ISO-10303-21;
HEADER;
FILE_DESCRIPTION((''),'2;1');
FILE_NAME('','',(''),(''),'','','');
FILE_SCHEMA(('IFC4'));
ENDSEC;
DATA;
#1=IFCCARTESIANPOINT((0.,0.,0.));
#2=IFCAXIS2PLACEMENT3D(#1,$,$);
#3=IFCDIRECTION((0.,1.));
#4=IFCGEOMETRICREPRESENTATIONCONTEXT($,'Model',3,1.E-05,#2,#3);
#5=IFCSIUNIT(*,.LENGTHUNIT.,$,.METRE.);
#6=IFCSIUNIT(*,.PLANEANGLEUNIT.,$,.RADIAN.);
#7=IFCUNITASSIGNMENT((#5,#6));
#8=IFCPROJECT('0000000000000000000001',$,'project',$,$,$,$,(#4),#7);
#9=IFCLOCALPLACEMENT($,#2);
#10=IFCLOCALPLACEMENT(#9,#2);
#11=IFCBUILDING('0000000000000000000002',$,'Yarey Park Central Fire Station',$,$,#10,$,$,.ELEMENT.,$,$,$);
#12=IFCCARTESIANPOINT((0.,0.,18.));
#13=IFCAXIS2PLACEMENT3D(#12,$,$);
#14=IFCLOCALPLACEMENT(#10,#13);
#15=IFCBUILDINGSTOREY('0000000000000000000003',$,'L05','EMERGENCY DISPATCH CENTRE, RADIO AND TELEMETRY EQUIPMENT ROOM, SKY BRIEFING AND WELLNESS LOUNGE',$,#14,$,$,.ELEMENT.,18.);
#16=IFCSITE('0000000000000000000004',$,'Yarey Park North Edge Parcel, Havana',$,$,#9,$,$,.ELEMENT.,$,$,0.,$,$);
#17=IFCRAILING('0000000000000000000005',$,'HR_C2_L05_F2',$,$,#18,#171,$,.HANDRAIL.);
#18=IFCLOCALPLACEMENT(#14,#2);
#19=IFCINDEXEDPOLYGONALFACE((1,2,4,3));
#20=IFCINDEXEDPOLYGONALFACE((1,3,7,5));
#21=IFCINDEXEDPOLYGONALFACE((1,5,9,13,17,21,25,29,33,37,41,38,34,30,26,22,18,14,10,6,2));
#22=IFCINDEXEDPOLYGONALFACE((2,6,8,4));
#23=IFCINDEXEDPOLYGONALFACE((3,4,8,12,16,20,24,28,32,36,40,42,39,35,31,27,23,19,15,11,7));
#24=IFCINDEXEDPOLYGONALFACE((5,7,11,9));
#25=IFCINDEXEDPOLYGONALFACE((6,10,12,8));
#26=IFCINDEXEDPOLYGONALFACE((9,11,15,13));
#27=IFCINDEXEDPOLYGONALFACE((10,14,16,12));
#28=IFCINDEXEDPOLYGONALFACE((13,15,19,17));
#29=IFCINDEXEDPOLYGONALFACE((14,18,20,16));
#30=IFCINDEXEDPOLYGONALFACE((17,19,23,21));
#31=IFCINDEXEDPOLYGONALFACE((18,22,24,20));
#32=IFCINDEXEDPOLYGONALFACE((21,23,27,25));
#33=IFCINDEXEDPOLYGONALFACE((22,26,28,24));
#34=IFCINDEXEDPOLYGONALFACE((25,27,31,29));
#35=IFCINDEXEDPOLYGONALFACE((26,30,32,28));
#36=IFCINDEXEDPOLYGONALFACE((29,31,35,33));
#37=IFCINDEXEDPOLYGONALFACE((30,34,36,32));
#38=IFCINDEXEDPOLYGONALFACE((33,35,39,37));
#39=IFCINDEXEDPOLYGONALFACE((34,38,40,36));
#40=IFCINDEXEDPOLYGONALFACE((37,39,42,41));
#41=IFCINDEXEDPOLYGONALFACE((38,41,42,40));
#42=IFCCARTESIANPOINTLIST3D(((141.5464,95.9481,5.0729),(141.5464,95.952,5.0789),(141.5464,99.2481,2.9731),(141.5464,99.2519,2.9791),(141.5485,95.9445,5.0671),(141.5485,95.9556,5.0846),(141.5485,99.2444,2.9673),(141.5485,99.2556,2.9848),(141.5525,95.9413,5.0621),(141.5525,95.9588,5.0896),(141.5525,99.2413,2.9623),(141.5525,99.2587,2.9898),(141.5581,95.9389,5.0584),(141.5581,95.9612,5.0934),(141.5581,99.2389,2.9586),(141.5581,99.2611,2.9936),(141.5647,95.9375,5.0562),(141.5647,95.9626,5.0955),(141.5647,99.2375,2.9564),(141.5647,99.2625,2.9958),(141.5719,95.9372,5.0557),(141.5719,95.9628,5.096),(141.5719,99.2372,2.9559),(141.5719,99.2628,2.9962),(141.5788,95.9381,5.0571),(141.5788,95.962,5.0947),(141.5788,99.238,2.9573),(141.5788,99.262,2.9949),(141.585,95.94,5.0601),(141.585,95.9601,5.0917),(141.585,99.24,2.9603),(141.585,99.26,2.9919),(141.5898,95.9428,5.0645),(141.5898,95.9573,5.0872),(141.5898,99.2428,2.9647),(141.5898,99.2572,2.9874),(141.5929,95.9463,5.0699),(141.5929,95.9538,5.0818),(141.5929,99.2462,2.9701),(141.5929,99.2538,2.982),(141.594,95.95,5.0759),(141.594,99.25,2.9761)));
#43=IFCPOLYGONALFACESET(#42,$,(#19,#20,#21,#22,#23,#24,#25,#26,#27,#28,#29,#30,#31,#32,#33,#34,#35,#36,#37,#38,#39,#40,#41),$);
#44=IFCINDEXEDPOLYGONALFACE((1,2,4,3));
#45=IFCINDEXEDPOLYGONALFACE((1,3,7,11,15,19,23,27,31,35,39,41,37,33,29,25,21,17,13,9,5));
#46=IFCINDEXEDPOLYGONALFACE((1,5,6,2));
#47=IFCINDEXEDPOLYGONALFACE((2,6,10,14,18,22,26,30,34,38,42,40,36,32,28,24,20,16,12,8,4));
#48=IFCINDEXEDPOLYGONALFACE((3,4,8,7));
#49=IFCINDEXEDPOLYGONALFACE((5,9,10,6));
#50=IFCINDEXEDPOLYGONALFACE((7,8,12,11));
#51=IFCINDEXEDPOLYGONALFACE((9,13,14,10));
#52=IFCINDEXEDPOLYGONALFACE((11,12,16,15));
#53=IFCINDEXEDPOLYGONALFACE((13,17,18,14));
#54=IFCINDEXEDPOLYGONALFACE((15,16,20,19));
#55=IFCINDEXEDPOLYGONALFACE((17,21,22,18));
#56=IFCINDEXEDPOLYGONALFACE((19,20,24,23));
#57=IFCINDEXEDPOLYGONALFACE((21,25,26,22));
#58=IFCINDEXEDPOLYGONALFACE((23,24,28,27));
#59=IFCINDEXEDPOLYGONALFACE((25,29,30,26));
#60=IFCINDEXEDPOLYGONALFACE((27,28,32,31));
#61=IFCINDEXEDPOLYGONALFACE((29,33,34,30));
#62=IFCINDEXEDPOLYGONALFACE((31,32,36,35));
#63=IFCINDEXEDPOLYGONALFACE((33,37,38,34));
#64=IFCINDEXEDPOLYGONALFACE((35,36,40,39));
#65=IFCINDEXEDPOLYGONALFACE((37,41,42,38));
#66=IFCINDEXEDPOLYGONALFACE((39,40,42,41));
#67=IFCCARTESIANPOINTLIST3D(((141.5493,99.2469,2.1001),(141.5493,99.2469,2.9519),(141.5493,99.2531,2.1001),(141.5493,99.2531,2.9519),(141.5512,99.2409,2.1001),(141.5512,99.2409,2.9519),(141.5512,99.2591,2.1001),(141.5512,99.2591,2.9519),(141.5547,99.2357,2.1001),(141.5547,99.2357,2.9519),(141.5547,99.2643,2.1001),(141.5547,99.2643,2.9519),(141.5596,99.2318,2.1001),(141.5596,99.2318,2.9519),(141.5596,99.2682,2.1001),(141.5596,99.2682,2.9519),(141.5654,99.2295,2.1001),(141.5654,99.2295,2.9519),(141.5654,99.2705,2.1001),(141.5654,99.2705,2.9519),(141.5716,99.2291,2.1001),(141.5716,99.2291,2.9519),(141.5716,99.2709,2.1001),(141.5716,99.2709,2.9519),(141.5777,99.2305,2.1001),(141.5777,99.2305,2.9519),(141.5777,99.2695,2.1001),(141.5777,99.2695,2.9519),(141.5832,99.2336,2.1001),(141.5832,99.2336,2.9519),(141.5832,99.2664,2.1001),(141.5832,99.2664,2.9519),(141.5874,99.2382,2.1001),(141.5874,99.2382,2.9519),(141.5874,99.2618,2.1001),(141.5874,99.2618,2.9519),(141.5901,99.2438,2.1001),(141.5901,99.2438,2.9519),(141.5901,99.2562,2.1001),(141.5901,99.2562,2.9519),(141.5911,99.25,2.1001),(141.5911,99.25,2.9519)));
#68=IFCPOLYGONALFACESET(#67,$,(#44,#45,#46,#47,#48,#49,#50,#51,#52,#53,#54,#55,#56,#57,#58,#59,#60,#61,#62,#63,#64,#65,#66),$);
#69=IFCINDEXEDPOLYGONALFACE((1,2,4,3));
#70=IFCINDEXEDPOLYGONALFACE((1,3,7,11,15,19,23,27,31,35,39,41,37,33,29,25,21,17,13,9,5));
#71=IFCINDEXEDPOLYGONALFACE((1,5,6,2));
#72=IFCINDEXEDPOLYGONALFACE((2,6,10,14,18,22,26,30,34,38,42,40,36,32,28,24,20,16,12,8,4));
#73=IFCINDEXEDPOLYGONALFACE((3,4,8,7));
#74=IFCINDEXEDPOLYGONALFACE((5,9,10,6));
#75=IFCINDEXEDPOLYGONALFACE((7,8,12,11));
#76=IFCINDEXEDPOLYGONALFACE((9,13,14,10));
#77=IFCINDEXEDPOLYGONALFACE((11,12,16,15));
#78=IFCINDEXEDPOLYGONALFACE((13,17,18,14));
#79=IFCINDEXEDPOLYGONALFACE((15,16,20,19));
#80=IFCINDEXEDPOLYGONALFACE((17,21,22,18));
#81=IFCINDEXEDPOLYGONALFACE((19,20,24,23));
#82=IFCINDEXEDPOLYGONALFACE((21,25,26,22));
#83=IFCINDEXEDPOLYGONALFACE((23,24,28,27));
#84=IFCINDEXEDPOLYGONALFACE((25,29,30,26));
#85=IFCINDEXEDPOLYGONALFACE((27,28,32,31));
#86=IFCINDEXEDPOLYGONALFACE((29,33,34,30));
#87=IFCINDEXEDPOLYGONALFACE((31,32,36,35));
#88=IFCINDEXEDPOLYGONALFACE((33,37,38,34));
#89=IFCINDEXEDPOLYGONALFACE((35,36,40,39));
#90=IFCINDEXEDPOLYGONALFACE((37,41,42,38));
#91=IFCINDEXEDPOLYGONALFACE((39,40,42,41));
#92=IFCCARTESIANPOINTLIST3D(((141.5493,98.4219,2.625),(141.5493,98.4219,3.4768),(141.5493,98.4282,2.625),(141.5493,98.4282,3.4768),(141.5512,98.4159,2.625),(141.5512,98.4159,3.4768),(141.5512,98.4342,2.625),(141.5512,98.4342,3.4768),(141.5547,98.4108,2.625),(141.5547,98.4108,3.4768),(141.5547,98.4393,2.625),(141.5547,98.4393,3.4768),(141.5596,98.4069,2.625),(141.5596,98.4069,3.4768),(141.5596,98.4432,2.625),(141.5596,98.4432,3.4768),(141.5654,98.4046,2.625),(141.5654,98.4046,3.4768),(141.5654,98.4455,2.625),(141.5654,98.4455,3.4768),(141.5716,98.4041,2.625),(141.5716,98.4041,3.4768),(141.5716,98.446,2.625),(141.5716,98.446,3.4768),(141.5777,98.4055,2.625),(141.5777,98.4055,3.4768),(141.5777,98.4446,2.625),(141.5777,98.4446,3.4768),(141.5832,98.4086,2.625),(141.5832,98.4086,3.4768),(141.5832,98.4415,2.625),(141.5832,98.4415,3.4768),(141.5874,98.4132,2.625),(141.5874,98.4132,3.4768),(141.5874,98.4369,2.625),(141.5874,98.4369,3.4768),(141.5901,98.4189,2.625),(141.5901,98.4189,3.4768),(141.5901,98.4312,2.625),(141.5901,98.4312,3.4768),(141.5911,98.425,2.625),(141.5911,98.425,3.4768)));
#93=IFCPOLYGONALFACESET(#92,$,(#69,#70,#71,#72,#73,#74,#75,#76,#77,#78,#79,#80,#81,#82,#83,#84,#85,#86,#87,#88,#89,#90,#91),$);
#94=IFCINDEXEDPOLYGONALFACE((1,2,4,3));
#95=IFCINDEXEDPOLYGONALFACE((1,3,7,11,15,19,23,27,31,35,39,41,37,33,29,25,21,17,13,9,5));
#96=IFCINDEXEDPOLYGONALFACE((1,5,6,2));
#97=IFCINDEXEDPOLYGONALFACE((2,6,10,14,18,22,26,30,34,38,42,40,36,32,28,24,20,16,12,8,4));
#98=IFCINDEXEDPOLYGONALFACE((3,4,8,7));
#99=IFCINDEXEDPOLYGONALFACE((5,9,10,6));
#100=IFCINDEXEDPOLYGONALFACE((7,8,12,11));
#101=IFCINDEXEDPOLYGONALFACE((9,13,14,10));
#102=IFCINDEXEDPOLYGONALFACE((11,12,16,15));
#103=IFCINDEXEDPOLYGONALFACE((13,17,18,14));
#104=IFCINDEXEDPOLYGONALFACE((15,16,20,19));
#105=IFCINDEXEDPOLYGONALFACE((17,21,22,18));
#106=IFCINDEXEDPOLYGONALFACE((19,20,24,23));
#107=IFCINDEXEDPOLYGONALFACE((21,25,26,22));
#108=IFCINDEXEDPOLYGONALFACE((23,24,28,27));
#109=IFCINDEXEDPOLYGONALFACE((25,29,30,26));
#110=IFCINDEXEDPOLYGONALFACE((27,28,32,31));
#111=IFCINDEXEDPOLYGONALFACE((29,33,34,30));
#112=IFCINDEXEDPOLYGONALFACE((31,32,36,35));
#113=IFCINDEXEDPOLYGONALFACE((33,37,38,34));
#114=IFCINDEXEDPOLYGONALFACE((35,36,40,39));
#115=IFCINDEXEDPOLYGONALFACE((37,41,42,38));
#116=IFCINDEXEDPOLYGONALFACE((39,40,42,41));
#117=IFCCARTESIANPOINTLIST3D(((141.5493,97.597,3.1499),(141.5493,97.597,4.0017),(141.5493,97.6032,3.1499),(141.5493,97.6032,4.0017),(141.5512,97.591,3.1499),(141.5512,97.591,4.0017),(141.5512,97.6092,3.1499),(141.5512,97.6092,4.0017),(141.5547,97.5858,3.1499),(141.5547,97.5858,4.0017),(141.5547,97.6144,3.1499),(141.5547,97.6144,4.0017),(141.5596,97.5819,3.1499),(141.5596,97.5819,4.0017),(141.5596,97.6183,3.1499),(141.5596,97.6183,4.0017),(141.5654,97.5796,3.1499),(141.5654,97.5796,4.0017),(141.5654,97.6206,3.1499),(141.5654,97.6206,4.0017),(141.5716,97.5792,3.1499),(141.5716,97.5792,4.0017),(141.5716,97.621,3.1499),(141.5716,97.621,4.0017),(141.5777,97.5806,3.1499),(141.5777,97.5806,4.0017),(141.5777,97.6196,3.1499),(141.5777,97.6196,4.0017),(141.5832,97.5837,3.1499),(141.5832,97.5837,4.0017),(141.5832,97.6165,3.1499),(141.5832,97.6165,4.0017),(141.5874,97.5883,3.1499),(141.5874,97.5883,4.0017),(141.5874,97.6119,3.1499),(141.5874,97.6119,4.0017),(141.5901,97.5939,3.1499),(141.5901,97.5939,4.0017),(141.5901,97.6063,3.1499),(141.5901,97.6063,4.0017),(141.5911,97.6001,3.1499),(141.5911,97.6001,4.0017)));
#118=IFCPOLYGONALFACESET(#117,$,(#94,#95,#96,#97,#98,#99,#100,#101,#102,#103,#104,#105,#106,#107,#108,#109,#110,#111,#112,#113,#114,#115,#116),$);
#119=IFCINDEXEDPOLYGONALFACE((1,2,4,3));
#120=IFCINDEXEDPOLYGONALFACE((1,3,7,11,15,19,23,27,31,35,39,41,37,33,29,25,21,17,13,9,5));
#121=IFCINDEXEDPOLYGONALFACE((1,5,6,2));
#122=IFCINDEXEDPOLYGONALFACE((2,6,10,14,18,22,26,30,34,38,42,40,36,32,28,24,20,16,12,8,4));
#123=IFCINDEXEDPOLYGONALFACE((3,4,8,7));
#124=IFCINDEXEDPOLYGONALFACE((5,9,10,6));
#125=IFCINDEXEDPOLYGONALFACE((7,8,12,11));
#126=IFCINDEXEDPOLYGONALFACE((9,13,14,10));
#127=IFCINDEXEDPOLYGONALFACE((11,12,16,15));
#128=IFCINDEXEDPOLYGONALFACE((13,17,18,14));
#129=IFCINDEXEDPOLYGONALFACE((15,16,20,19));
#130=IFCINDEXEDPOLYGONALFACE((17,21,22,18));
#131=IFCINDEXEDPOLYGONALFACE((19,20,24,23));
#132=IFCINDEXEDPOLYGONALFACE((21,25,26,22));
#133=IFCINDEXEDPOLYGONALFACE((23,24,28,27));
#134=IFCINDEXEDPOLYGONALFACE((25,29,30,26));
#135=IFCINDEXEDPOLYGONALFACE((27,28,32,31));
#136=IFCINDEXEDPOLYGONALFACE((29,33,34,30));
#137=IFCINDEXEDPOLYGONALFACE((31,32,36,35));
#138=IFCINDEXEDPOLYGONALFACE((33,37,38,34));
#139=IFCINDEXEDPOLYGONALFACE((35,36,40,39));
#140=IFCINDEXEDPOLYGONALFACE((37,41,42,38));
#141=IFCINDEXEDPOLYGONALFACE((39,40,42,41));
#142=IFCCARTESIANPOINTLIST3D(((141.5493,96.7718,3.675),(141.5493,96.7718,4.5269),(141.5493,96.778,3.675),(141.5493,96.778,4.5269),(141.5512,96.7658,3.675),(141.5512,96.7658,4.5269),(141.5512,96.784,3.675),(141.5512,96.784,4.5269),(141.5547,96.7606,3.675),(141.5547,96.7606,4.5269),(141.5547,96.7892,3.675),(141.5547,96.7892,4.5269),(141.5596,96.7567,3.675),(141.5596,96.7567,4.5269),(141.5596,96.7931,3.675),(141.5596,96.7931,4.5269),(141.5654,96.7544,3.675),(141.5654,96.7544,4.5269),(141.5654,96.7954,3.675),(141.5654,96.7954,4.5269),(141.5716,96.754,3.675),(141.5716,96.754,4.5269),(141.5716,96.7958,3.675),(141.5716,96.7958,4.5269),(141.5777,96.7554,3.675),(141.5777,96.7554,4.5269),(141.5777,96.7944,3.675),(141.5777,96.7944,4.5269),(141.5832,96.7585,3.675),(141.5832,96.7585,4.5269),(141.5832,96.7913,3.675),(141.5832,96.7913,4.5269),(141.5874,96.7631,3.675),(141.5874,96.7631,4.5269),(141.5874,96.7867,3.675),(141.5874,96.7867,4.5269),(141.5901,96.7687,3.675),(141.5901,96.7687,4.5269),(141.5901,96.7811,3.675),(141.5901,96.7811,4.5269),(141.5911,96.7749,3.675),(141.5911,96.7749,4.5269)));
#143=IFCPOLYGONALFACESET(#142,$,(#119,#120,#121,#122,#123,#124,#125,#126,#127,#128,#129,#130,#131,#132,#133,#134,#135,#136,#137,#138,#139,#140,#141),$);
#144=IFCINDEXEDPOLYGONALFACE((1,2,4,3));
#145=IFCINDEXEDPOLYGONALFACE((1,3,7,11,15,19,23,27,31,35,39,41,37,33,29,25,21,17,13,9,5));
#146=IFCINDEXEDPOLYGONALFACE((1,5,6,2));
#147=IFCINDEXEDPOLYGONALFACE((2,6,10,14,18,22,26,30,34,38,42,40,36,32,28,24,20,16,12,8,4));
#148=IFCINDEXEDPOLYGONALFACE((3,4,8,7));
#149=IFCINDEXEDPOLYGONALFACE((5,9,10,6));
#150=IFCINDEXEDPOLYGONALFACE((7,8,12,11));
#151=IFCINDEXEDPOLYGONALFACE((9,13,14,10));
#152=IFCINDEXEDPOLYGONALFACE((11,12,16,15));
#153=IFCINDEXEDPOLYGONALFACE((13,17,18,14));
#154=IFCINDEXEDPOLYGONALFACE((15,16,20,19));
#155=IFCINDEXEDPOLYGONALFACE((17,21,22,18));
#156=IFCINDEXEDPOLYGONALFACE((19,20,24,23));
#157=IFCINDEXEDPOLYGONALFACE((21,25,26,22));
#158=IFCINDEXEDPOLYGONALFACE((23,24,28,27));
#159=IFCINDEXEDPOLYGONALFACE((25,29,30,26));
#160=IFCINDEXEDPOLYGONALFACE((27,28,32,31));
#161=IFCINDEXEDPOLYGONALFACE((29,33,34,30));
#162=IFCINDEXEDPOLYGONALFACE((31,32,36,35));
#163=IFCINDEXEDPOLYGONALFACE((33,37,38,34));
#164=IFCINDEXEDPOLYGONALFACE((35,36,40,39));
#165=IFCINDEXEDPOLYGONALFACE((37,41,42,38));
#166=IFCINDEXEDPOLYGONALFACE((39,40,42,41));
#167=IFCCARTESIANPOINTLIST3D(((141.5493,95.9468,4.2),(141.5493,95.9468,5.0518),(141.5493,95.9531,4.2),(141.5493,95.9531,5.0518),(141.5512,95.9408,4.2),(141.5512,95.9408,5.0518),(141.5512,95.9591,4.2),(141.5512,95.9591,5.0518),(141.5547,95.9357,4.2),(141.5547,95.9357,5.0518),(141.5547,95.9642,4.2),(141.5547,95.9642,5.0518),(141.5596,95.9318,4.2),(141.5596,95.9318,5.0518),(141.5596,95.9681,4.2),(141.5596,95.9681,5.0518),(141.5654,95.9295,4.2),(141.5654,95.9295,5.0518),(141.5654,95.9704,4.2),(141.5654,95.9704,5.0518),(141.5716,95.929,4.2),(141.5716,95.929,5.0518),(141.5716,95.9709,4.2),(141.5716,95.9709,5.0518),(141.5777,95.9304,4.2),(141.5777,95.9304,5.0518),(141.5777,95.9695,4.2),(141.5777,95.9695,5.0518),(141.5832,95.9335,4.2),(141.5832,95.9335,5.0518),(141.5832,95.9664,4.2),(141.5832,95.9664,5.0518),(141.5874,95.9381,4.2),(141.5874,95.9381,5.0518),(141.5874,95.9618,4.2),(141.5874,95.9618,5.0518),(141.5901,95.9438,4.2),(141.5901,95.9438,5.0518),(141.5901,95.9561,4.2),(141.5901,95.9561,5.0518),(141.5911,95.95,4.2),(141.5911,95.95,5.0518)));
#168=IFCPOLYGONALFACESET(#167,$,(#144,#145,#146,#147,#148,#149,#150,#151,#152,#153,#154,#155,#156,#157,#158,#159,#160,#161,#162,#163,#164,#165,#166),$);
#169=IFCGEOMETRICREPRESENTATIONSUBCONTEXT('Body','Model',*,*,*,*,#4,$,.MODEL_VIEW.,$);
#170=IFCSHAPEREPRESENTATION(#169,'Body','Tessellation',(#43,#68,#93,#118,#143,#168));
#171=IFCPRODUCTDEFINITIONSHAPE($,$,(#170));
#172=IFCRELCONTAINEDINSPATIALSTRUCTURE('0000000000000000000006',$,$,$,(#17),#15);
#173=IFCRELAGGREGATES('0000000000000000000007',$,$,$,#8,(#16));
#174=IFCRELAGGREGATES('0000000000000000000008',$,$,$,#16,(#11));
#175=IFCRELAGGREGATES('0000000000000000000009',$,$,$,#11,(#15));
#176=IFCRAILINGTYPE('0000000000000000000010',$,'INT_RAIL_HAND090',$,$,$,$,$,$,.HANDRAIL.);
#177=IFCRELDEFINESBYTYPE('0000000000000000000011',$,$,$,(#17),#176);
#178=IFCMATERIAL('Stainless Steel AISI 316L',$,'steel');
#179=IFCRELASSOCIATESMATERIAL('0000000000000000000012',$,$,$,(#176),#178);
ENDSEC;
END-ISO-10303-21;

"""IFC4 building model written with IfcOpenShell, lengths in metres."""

from ifc_helpers import new_model, si_unit, direction, frame, origin, origin_2d, place, context, subcontext, project, spatial, circle, extrude, material, type_object, element, save


model = new_model("IFC4")

# Units and contexts
model_context = context("Model", 3, precision=1e-05, world=origin(), true_north=direction((0.0, 1.0)))
body_context = subcontext(model_context, "Body", "Model", "MODEL_VIEW")
ifc_project = project(units=[si_unit("LENGTHUNIT", "METRE"), si_unit("PLANEANGLEUNIT", "RADIAN")], contexts=[model_context])

# Site, building, storey
site_placement = place(None, origin())
site = spatial("IfcSite", under=ifc_project, at=site_placement, Name="Yarey Park North Edge Parcel, Havana", CompositionType="ELEMENT", RefElevation=0.0)
building_placement = place(site_placement, origin())
building = spatial("IfcBuilding", under=site, at=building_placement, Name="Yarey Park Central Fire Station", CompositionType="ELEMENT")
storey_placement = place(building_placement, frame((0.0, 0.0, 18.0)))
storey = spatial("IfcBuildingStorey", under=building, at=storey_placement, Name="L05", Description="EMERGENCY DISPATCH CENTRE, RADIO AND TELEMETRY EQUIPMENT ROOM, SKY BRIEFING AND WELLNESS LOUNGE", CompositionType="ELEMENT", Elevation=18.0)

# Railing
ifc_material_1 = material(Name="Stainless Steel AISI 316L", Category="steel")
railing_type_1 = type_object("IfcRailingType", Name="INT_RAIL_HAND090", PredefinedType="HANDRAIL", material=ifc_material_1)
railing_1_placement = place(storey_placement, frame((141.5701, 99.25, 2.1001)))
element("IfcRailing", 1, at=railing_1_placement, inside=storey, type_object=railing_type_1, Name="HR_C2_L05_F2", PredefinedType="HANDRAIL", context=body_context, shape_type="SweptSolid", body=[
    extrude(circle(Radius=0.0239, at=origin_2d()), frame((0.0, 0.0, 0.876), z_axis=(0.0, -0.843682, 0.536843), x_axis=(1.0, 0.0, 0.0)), (0.0, 0.0, 1.0), 3.9114),
    extrude(circle(Radius=0.021, at=origin_2d()), origin(), (0.0, 0.0, 1.0), 0.8518),
    extrude(circle(Radius=0.021, at=origin_2d()), frame((0.0, -0.825, 0.5249)), (0.0, 0.0, 1.0), 0.8518),
    extrude(circle(Radius=0.021, at=origin_2d()), frame((0.0, -1.6499, 1.0498)), (0.0, 0.0, 1.0), 0.8518),
    extrude(circle(Radius=0.021, at=origin_2d()), frame((0.0, -2.4751, 1.575)), (0.0, 0.0, 1.0), 0.8518),
    extrude(circle(Radius=0.021, at=origin_2d()), frame((0.0, -3.3, 2.0999)), (0.0, 0.0, 1.0), 0.8518),
])

save(model, "model.ifc")
